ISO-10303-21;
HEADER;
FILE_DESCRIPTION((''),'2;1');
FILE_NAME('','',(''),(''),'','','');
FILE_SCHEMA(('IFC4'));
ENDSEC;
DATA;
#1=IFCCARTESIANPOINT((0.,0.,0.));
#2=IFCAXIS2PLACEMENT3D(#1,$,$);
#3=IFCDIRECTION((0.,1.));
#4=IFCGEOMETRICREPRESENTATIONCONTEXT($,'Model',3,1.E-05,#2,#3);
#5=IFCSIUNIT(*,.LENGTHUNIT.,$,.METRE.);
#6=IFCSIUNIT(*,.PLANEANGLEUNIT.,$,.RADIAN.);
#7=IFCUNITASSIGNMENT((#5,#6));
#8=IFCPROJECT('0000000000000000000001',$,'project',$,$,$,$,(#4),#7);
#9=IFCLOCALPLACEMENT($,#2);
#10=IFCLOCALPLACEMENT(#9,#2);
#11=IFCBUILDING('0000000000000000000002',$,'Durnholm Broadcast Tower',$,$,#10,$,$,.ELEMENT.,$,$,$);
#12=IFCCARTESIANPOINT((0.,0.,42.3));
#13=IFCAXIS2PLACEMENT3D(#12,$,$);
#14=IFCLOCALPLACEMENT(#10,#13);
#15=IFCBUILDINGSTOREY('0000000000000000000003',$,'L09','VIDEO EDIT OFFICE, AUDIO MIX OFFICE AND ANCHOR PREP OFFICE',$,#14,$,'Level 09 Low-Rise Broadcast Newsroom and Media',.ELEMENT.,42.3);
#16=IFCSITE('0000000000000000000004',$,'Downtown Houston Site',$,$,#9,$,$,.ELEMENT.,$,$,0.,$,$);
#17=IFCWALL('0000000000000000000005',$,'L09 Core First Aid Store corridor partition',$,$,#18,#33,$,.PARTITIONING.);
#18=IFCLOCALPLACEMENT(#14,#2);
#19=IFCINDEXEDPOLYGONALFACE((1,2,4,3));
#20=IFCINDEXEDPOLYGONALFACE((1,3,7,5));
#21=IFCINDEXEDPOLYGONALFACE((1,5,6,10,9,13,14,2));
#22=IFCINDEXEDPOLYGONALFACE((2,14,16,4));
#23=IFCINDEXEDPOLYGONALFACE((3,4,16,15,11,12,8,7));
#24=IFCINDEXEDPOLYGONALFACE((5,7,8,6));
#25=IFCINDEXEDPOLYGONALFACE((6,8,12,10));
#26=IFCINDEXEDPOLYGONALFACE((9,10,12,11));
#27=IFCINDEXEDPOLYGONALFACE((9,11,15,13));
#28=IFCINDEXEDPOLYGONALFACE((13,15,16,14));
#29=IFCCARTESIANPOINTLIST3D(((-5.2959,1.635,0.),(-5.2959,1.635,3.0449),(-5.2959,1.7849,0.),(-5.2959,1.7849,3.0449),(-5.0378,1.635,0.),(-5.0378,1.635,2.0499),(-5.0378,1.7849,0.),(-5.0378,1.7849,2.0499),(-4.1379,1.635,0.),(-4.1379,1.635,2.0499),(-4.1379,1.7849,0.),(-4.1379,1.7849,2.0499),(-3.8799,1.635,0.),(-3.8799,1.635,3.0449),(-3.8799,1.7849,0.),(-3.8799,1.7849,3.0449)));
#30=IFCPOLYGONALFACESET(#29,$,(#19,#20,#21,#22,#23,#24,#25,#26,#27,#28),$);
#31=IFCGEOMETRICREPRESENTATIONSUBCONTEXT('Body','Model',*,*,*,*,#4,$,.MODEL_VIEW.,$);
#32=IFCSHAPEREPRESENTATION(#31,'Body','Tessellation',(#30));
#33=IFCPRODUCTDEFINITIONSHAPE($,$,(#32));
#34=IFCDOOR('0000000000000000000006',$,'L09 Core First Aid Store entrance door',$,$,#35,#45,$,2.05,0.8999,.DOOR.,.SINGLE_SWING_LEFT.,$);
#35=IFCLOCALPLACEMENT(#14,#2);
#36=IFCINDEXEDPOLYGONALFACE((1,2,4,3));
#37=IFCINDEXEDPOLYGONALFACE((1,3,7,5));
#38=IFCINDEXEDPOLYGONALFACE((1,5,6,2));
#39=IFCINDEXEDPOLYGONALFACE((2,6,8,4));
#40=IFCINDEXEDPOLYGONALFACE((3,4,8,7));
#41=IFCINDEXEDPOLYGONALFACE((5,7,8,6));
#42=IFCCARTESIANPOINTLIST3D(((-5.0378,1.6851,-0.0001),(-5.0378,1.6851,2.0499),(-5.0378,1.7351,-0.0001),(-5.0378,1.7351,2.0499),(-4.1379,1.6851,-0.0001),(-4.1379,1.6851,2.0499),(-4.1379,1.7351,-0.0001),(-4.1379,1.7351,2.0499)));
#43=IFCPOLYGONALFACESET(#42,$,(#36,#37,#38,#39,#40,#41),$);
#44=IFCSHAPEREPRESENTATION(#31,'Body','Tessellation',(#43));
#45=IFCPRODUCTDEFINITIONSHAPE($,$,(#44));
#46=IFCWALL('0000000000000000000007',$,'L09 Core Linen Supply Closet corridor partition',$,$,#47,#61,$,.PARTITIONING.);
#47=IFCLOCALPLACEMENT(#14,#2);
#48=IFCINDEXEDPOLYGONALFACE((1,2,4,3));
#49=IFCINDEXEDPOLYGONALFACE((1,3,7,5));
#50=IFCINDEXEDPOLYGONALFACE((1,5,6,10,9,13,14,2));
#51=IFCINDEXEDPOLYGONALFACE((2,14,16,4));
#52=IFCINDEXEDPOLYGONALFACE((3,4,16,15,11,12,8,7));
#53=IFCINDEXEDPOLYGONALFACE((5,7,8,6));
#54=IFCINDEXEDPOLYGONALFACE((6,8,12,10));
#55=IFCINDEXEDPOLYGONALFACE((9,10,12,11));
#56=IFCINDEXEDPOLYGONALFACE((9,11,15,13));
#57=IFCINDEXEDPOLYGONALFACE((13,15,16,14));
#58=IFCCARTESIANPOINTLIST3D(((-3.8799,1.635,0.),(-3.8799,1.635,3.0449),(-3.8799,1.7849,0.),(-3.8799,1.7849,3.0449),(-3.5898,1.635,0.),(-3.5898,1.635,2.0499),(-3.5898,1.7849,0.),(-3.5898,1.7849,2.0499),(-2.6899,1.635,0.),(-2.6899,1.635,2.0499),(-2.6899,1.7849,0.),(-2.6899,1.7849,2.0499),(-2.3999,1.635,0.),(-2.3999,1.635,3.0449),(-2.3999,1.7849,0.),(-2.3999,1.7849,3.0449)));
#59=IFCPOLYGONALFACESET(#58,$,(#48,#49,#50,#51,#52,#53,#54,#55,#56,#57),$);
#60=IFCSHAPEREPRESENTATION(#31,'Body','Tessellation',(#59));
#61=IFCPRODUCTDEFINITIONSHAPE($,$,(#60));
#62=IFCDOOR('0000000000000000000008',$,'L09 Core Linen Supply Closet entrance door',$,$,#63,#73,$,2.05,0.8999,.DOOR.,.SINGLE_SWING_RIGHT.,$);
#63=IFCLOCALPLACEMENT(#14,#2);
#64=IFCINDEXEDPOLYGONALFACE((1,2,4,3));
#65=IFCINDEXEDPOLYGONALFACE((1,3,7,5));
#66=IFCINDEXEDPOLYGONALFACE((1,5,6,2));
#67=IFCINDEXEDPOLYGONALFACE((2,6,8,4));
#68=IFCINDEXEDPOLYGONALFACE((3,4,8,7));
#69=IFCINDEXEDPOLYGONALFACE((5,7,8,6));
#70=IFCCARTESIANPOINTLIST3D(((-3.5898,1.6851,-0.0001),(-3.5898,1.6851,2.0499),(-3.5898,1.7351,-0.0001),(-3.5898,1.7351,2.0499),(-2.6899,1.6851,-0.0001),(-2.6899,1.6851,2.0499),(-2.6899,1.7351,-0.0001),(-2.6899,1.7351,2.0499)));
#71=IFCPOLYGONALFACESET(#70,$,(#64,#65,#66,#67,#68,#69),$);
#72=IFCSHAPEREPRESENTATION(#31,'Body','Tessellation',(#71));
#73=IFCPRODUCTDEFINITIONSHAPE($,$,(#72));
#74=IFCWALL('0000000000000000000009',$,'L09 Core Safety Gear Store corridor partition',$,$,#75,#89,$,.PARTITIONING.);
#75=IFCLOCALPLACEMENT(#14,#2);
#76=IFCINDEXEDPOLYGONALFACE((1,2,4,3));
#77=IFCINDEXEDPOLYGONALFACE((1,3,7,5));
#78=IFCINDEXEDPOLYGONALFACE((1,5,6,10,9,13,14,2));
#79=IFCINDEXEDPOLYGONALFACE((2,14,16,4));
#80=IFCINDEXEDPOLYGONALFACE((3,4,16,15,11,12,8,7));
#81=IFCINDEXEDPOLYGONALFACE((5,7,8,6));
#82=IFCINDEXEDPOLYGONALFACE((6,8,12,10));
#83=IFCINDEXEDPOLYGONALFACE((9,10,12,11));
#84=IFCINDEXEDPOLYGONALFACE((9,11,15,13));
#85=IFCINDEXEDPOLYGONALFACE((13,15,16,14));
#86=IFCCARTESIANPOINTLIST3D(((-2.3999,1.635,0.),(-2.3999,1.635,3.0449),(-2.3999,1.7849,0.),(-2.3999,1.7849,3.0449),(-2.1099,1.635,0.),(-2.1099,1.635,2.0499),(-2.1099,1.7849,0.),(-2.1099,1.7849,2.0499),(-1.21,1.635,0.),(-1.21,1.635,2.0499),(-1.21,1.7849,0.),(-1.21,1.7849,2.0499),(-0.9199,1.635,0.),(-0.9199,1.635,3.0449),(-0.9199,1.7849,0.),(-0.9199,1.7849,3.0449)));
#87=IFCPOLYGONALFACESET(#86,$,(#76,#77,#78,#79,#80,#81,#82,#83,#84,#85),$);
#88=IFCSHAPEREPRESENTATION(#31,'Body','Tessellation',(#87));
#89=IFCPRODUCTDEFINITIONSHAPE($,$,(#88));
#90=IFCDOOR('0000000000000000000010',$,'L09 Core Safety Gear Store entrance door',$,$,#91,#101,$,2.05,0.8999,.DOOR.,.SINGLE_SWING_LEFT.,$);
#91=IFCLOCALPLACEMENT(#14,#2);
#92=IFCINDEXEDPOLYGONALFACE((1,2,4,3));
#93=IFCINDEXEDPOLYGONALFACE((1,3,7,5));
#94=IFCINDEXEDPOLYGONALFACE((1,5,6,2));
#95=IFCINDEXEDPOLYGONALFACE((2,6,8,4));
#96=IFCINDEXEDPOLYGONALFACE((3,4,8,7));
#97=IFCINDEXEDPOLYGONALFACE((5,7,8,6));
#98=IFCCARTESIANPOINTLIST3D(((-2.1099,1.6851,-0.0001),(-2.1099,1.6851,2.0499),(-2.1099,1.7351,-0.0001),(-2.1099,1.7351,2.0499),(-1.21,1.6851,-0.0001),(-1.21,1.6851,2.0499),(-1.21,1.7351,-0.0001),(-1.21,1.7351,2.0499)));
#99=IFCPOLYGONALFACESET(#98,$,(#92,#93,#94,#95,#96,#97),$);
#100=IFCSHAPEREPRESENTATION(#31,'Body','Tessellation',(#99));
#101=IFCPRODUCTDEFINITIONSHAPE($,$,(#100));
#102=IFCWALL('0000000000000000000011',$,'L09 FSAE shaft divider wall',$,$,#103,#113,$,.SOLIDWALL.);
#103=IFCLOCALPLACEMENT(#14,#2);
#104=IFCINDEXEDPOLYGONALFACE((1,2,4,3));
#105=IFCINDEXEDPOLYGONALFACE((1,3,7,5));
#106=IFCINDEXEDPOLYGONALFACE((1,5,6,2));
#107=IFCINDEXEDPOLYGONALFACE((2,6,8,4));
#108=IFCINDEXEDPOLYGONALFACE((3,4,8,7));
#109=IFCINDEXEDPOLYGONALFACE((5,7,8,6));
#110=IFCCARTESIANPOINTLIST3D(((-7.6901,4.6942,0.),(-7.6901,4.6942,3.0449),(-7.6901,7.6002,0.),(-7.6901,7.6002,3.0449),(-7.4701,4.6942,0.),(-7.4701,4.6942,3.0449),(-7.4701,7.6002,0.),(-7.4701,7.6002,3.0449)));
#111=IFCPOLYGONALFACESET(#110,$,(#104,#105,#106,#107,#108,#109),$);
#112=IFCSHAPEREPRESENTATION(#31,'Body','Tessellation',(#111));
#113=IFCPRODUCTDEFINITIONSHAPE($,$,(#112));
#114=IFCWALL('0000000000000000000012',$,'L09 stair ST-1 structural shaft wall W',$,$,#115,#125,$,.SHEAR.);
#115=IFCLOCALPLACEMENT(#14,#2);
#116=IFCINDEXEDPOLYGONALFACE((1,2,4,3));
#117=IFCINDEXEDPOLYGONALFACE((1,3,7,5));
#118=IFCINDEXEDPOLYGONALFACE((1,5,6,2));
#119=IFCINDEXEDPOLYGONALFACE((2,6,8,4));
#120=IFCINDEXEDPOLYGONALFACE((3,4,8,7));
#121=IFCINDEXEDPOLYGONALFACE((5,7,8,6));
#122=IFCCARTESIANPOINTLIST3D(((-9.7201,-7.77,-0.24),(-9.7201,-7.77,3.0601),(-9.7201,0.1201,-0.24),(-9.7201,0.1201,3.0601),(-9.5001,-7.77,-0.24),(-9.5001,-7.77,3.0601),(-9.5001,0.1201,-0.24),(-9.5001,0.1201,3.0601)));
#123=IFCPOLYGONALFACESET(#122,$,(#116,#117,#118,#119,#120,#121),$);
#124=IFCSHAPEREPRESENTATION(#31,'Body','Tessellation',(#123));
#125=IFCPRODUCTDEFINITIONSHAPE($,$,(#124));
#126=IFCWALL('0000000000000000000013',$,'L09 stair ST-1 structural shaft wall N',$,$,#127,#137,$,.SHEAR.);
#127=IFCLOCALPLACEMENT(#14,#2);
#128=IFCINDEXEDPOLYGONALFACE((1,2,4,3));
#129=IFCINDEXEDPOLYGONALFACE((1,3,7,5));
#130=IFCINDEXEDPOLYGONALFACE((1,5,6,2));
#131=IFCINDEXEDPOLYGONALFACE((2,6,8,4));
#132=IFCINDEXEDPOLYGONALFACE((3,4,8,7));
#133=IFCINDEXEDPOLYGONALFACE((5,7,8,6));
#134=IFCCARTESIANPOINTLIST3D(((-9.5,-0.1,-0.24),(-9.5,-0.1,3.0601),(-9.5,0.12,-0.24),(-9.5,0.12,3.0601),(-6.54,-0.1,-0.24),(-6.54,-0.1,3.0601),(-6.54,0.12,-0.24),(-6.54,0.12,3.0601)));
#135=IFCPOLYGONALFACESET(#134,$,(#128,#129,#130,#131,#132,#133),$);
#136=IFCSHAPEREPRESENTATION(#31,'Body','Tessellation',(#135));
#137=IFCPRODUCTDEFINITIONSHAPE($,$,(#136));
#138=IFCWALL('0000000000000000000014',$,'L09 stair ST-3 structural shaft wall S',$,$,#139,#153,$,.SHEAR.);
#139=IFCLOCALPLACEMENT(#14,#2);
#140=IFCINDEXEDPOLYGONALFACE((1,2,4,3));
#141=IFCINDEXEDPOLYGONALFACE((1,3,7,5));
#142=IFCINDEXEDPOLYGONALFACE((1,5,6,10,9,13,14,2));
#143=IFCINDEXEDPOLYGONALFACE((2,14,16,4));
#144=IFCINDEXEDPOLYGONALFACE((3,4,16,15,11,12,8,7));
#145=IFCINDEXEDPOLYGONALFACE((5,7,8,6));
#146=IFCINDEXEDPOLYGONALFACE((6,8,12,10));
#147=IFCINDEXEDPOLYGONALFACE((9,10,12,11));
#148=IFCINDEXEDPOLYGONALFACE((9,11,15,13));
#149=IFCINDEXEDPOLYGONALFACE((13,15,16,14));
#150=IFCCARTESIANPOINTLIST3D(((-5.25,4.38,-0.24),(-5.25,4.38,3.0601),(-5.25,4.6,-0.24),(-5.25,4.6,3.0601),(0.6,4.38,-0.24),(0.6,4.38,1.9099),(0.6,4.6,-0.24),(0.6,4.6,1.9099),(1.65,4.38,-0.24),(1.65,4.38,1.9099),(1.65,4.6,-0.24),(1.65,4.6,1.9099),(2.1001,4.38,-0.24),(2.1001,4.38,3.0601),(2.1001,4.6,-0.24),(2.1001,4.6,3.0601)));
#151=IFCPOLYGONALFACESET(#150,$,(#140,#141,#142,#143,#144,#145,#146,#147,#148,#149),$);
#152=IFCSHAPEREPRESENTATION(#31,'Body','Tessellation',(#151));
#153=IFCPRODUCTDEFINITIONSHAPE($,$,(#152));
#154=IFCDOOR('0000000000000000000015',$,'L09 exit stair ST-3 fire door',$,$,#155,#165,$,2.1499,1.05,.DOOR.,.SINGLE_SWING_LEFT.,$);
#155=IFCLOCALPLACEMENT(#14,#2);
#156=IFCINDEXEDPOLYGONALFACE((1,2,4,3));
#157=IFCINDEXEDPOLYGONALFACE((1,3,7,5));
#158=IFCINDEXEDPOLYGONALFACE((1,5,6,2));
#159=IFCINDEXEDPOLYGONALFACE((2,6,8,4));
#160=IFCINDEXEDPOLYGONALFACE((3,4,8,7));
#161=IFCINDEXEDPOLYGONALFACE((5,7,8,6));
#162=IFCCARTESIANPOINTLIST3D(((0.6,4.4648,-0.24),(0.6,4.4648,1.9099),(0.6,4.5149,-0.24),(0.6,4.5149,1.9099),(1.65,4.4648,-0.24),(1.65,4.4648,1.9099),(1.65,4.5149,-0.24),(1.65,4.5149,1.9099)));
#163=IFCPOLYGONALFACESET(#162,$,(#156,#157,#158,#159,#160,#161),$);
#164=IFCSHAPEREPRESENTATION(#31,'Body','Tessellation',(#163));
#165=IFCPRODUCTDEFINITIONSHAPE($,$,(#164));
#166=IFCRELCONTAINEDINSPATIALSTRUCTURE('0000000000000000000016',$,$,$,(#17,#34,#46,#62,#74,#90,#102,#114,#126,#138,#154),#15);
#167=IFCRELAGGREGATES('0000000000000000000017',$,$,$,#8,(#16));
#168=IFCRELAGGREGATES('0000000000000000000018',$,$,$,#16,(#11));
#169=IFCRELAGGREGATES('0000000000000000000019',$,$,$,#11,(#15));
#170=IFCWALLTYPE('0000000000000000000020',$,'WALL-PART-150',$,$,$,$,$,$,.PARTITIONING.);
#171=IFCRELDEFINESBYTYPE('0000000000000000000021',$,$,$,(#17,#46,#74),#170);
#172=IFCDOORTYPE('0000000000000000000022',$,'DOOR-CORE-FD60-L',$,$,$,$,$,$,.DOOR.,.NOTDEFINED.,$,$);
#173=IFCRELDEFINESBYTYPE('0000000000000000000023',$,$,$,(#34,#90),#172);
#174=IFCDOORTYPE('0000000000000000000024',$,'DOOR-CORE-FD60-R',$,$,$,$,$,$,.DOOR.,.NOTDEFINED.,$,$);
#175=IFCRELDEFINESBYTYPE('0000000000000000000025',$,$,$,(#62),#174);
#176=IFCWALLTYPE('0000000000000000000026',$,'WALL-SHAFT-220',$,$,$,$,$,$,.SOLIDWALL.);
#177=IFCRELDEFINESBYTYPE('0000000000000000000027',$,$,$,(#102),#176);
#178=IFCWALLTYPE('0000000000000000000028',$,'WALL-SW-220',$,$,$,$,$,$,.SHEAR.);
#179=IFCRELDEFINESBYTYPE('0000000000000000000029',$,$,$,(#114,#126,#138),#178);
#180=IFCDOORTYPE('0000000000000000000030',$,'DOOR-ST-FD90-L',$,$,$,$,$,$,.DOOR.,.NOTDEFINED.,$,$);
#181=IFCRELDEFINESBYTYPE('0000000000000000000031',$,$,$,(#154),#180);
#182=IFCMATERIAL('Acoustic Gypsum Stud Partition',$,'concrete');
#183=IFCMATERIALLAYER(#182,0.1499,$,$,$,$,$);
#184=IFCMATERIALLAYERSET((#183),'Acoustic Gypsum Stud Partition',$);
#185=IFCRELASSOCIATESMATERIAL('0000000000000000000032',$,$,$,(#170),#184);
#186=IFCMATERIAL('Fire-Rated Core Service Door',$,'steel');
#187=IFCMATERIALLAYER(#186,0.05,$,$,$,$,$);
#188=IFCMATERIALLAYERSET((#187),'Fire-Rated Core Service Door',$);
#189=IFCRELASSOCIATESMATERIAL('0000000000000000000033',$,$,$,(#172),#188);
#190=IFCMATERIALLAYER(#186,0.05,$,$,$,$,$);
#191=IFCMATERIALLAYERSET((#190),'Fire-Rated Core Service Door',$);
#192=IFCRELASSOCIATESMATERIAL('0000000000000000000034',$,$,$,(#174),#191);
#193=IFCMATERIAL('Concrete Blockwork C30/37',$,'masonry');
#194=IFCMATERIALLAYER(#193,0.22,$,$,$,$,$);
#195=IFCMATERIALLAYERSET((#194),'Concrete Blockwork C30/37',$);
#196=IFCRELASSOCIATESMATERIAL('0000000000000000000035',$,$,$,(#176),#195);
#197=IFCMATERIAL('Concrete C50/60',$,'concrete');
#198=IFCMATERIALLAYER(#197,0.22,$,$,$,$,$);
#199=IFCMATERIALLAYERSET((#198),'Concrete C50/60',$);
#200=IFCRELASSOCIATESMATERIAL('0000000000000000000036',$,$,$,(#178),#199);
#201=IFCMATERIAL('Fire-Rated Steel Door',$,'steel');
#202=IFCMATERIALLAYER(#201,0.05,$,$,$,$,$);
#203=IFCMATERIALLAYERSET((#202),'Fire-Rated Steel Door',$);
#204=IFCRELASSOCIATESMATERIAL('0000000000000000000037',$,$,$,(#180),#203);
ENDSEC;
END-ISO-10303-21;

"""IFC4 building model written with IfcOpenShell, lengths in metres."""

from ifc_helpers import new_model, si_unit, direction, frame, frame_2d, origin, place, context, subcontext, project, spatial, rectangle, extrude, source, transform, mapped, material, layer, layer_set, type_object, type_shapes, element, fill, save


model = new_model("IFC4")

# Units and contexts
model_context = context("Model", 3, precision=1e-05, world=origin(), true_north=direction((0.0, 1.0)))
body_context = subcontext(model_context, "Body", "Model", "MODEL_VIEW")
ifc_project = project(units=[si_unit("LENGTHUNIT", "METRE"), si_unit("PLANEANGLEUNIT", "RADIAN")], contexts=[model_context])

# Site, building, storey
site_placement = place(None, origin())
site = spatial("IfcSite", under=ifc_project, at=site_placement, Name="Downtown Houston Site", CompositionType="ELEMENT", RefElevation=0.0)
building_placement = place(site_placement, origin())
building = spatial("IfcBuilding", under=site, at=building_placement, Name="Durnholm Broadcast Tower", CompositionType="ELEMENT")
storey_placement = place(building_placement, frame((0.0, 0.0, 42.3)))
storey = spatial("IfcBuildingStorey", under=building, at=storey_placement, Name="L09", Description="VIDEO EDIT OFFICE, AUDIO MIX OFFICE AND ANCHOR PREP OFFICE", LongName="Level 09 Low-Rise Broadcast Newsroom and Media", CompositionType="ELEMENT", Elevation=42.3)

# Shared definitions
ifc_material_1 = material(Name="Concrete C50/60", Category="concrete")

# Walls, openings, doors
ifc_material_2 = material(Name="Acoustic Gypsum Stud Partition", Category="concrete")
ifc_layer_1 = layer(ifc_material_2, 0.1499)
ifc_layer_set_1 = layer_set([ifc_layer_1], Name="Acoustic Gypsum Stud Partition")
wall_type_1 = type_object("IfcWallType", Name="WALL-PART-150", PredefinedType="PARTITIONING", material=ifc_layer_set_1)
wall_1_placement = place(storey_placement, frame((-3.8799, 1.71, 0.0), z_axis=(0.0, 0.0, 1.0), x_axis=(-1.0, 0.0, 0.0)))
wall_1 = element("IfcWall", 1, at=wall_1_placement, inside=storey, type_object=wall_type_1, Name="L09 Core First Aid Store corridor partition", PredefinedType="PARTITIONING", context=body_context, shape_type="SweptSolid", body=[
    extrude(rectangle(XDim=1.416, YDim=0.1499, at=frame_2d((0.708, 0.0))), origin(), (0.0, 0.0, 1.0), 3.0449),
])
opening_1_placement = place(wall_1_placement, frame((0.2581, 0.0, 0.0)))
opening_1 = element("IfcOpeningElement", 2, at=opening_1_placement, cuts=wall_1, PredefinedType="OPENING", context=body_context, shape_type="SweptSolid", body=[
    extrude(rectangle(XDim=0.8999, YDim=2.05, at=frame_2d((0.45, 1.0249))), frame((0.0, 0.085, 0.0), z_axis=(0.0, -1.0, 0.0), x_axis=(1.0, 0.0, 0.0)), (0.0, 0.0, 1.0), 0.1699),
])
ifc_material_3 = material(Name="Fire-Rated Core Service Door", Category="steel")
ifc_layer_2 = layer(ifc_material_3, 0.05)
ifc_layer_set_2 = layer_set([ifc_layer_2], Name="Fire-Rated Core Service Door")
door_type_1 = type_object("IfcDoorType", Name="DOOR-CORE-FD60-L", OperationType="NOTDEFINED", PredefinedType="DOOR", material=ifc_layer_set_2)
shared_shape_1 = source(origin(), body_context, "Body", "SweptSolid", [
    extrude(rectangle(XDim=0.8999, YDim=2.05, at=frame_2d((0.45, 1.0249))), frame((0.0, 0.0249, 0.0), z_axis=(0.0, -1.0, 0.0), x_axis=(1.0, 0.0, 0.0)), (0.0, 0.0, 1.0), 0.05),
])
type_shapes(door_type_1, [shared_shape_1])
door_1_placement = place(opening_1_placement, origin())
door_1 = element("IfcDoor", 3, at=door_1_placement, inside=storey, type_object=door_type_1, Name="L09 Core First Aid Store entrance door", OperationType="SINGLE_SWING_LEFT", OverallHeight=2.05, OverallWidth=0.8999, PredefinedType="DOOR", context=body_context, shape_type="MappedRepresentation", body=[
    mapped(shared_shape_1, transform((0.0, 0.0, 0.0), x_axis=(1.0, 0.0, 0.0), y_axis=(0.0, 1.0, 0.0), z_axis=(0.0, 0.0, 1.0), scale=1.0)),
])
fill(opening_1, door_1)
wall_2_placement = place(storey_placement, frame((-2.3999, 1.71, 0.0), z_axis=(0.0, 0.0, 1.0), x_axis=(-1.0, 0.0, 0.0)))
wall_2 = element("IfcWall", 4, at=wall_2_placement, inside=storey, type_object=wall_type_1, Name="L09 Core Linen Supply Closet corridor partition", PredefinedType="PARTITIONING", context=body_context, shape_type="SweptSolid", body=[
    extrude(rectangle(XDim=1.48, YDim=0.1499, at=frame_2d((0.74, 0.0))), origin(), (0.0, 0.0, 1.0), 3.0449),
])
opening_2_placement = place(wall_2_placement, frame((0.29, 0.0, 0.0)))
opening_2 = element("IfcOpeningElement", 5, at=opening_2_placement, cuts=wall_2, PredefinedType="OPENING", context=body_context, shape_type="SweptSolid", body=[
    extrude(rectangle(XDim=0.8999, YDim=2.05, at=frame_2d((0.45, 1.0249))), frame((0.0, 0.085, 0.0), z_axis=(0.0, -1.0, 0.0), x_axis=(1.0, 0.0, 0.0)), (0.0, 0.0, 1.0), 0.1699),
])
ifc_layer_3 = layer(ifc_material_3, 0.05)
ifc_layer_set_3 = layer_set([ifc_layer_3], Name="Fire-Rated Core Service Door")
door_type_2 = type_object("IfcDoorType", Name="DOOR-CORE-FD60-R", OperationType="NOTDEFINED", PredefinedType="DOOR", material=ifc_layer_set_3)
shared_shape_2 = source(origin(), body_context, "Body", "SweptSolid", [
    extrude(rectangle(XDim=0.8999, YDim=2.05, at=frame_2d((0.45, 1.0249))), frame((0.0, 0.0249, 0.0), z_axis=(0.0, -1.0, 0.0), x_axis=(1.0, 0.0, 0.0)), (0.0, 0.0, 1.0), 0.05),
])
type_shapes(door_type_2, [shared_shape_2])
door_2_placement = place(opening_2_placement, origin())
door_2 = element("IfcDoor", 6, at=door_2_placement, inside=storey, type_object=door_type_2, Name="L09 Core Linen Supply Closet entrance door", OperationType="SINGLE_SWING_RIGHT", OverallHeight=2.05, OverallWidth=0.8999, PredefinedType="DOOR", context=body_context, shape_type="MappedRepresentation", body=[
    mapped(shared_shape_2, transform((0.0, 0.0, 0.0), x_axis=(1.0, 0.0, 0.0), y_axis=(0.0, 1.0, 0.0), z_axis=(0.0, 0.0, 1.0), scale=1.0)),
])
fill(opening_2, door_2)
wall_3_placement = place(storey_placement, frame((-0.9199, 1.71, 0.0), z_axis=(0.0, 0.0, 1.0), x_axis=(-1.0, 0.0, 0.0)))
wall_3 = element("IfcWall", 7, at=wall_3_placement, inside=storey, type_object=wall_type_1, Name="L09 Core Safety Gear Store corridor partition", PredefinedType="PARTITIONING", context=body_context, shape_type="SweptSolid", body=[
    extrude(rectangle(XDim=1.48, YDim=0.1499, at=frame_2d((0.74, 0.0))), origin(), (0.0, 0.0, 1.0), 3.0449),
])
opening_3_placement = place(wall_3_placement, frame((0.29, 0.0, 0.0)))
opening_3 = element("IfcOpeningElement", 8, at=opening_3_placement, cuts=wall_3, PredefinedType="OPENING", context=body_context, shape_type="SweptSolid", body=[
    extrude(rectangle(XDim=0.8999, YDim=2.05, at=frame_2d((0.45, 1.0249))), frame((0.0, 0.085, 0.0), z_axis=(0.0, -1.0, 0.0), x_axis=(1.0, 0.0, 0.0)), (0.0, 0.0, 1.0), 0.1699),
])
door_3_placement = place(opening_3_placement, origin())
door_3 = element("IfcDoor", 9, at=door_3_placement, inside=storey, type_object=door_type_1, Name="L09 Core Safety Gear Store entrance door", OperationType="SINGLE_SWING_LEFT", OverallHeight=2.05, OverallWidth=0.8999, PredefinedType="DOOR", context=body_context, shape_type="MappedRepresentation", body=[
    mapped(shared_shape_1, transform((0.0, 0.0, 0.0), x_axis=(1.0, 0.0, 0.0), y_axis=(0.0, 1.0, 0.0), z_axis=(0.0, 0.0, 1.0), scale=1.0)),
])
fill(opening_3, door_3)

# Shared definitions
ifc_material_4 = material(Name="Concrete Blockwork C30/37", Category="masonry")
ifc_layer_4 = layer(ifc_material_4, 0.22)
ifc_layer_set_4 = layer_set([ifc_layer_4], Name="Concrete Blockwork C30/37")
wall_type_2 = type_object("IfcWallType", Name="WALL-SHAFT-220", PredefinedType="SOLIDWALL", material=ifc_layer_set_4)

# Walls
wall_4_placement = place(storey_placement, frame((-7.5801, 4.6941, 0.0), z_axis=(0.0, 0.0, 1.0), x_axis=(0.0, 1.0, 0.0)))
element("IfcWall", 10, at=wall_4_placement, inside=storey, type_object=wall_type_2, Name="L09 FSAE shaft divider wall", PredefinedType="SOLIDWALL", context=body_context, shape_type="SweptSolid", body=[
    extrude(rectangle(XDim=2.906, YDim=0.22, at=frame_2d((1.4531, 0.0))), origin(), (0.0, 0.0, 1.0), 3.0449),
])
ifc_layer_5 = layer(ifc_material_1, 0.22)
ifc_layer_set_5 = layer_set([ifc_layer_5], Name="Concrete C50/60")
wall_type_3 = type_object("IfcWallType", Name="WALL-SW-220", PredefinedType="SHEAR", material=ifc_layer_set_5)
wall_5_placement = place(storey_placement, frame((-9.6101, 0.1201, -0.24), z_axis=(0.0, 0.0, 1.0), x_axis=(0.0, -1.0, 0.0)))
element("IfcWall", 11, at=wall_5_placement, inside=storey, type_object=wall_type_3, Name="L09 stair ST-1 structural shaft wall W", PredefinedType="SHEAR", context=body_context, shape_type="SweptSolid", body=[
    extrude(rectangle(XDim=7.8901, YDim=0.22, at=frame_2d((3.9451, 0.0))), origin(), (0.0, 0.0, 1.0), 3.3),
])
wall_6_placement = place(storey_placement, frame((-6.54, 0.01, -0.24), z_axis=(0.0, 0.0, 1.0), x_axis=(-1.0, 0.0, 0.0)))
element("IfcWall", 12, at=wall_6_placement, inside=storey, type_object=wall_type_3, Name="L09 stair ST-1 structural shaft wall N", PredefinedType="SHEAR", context=body_context, shape_type="SweptSolid", body=[
    extrude(rectangle(XDim=2.96, YDim=0.22, at=frame_2d((1.48, 0.0))), origin(), (0.0, 0.0, 1.0), 3.3),
])

# Wall, opening, door
wall_7_placement = place(storey_placement, frame((-5.25, 4.49, -0.24), z_axis=(0.0, 0.0, 1.0), x_axis=(1.0, 0.0, 0.0)))
wall_7 = element("IfcWall", 13, at=wall_7_placement, inside=storey, type_object=wall_type_3, Name="L09 stair ST-3 structural shaft wall S", PredefinedType="SHEAR", context=body_context, shape_type="SweptSolid", body=[
    extrude(rectangle(XDim=7.3501, YDim=0.22, at=frame_2d((3.675, 0.0))), origin(), (0.0, 0.0, 1.0), 3.3),
])
opening_4_placement = place(wall_7_placement, frame((5.8501, 0.0, 0.0)))
opening_4 = element("IfcOpeningElement", 14, at=opening_4_placement, cuts=wall_7, PredefinedType="OPENING", context=body_context, shape_type="SweptSolid", body=[
    extrude(rectangle(XDim=1.05, YDim=2.1499, at=frame_2d((0.5249, 1.075))), frame((0.0, 0.1201, 0.0), z_axis=(0.0, -1.0, 0.0), x_axis=(1.0, 0.0, 0.0)), (0.0, 0.0, 1.0), 0.24),
])
ifc_material_5 = material(Name="Fire-Rated Steel Door", Category="steel")
ifc_layer_6 = layer(ifc_material_5, 0.05)
ifc_layer_set_6 = layer_set([ifc_layer_6], Name="Fire-Rated Steel Door")
door_type_3 = type_object("IfcDoorType", Name="DOOR-ST-FD90-L", OperationType="NOTDEFINED", PredefinedType="DOOR", material=ifc_layer_set_6)
shared_shape_3 = source(origin(), body_context, "Body", "SweptSolid", [
    extrude(rectangle(XDim=1.05, YDim=2.1499, at=frame_2d((0.5249, 1.075))), frame((0.0, 0.0249, 0.0), z_axis=(0.0, -1.0, 0.0), x_axis=(1.0, 0.0, 0.0)), (0.0, 0.0, 1.0), 0.05),
])
type_shapes(door_type_3, [shared_shape_3])
door_4_placement = place(opening_4_placement, origin())
door_4 = element("IfcDoor", 15, at=door_4_placement, inside=storey, type_object=door_type_3, Name="L09 exit stair ST-3 fire door", OperationType="SINGLE_SWING_LEFT", OverallHeight=2.1499, OverallWidth=1.05, PredefinedType="DOOR", context=body_context, shape_type="MappedRepresentation", body=[
    mapped(shared_shape_3, transform((0.0, 0.0, 0.0), x_axis=(1.0, 0.0, 0.0), y_axis=(0.0, 1.0, 0.0), z_axis=(0.0, 0.0, 1.0), scale=1.0)),
])
fill(opening_4, door_4)

save(model, "model.ifc")
